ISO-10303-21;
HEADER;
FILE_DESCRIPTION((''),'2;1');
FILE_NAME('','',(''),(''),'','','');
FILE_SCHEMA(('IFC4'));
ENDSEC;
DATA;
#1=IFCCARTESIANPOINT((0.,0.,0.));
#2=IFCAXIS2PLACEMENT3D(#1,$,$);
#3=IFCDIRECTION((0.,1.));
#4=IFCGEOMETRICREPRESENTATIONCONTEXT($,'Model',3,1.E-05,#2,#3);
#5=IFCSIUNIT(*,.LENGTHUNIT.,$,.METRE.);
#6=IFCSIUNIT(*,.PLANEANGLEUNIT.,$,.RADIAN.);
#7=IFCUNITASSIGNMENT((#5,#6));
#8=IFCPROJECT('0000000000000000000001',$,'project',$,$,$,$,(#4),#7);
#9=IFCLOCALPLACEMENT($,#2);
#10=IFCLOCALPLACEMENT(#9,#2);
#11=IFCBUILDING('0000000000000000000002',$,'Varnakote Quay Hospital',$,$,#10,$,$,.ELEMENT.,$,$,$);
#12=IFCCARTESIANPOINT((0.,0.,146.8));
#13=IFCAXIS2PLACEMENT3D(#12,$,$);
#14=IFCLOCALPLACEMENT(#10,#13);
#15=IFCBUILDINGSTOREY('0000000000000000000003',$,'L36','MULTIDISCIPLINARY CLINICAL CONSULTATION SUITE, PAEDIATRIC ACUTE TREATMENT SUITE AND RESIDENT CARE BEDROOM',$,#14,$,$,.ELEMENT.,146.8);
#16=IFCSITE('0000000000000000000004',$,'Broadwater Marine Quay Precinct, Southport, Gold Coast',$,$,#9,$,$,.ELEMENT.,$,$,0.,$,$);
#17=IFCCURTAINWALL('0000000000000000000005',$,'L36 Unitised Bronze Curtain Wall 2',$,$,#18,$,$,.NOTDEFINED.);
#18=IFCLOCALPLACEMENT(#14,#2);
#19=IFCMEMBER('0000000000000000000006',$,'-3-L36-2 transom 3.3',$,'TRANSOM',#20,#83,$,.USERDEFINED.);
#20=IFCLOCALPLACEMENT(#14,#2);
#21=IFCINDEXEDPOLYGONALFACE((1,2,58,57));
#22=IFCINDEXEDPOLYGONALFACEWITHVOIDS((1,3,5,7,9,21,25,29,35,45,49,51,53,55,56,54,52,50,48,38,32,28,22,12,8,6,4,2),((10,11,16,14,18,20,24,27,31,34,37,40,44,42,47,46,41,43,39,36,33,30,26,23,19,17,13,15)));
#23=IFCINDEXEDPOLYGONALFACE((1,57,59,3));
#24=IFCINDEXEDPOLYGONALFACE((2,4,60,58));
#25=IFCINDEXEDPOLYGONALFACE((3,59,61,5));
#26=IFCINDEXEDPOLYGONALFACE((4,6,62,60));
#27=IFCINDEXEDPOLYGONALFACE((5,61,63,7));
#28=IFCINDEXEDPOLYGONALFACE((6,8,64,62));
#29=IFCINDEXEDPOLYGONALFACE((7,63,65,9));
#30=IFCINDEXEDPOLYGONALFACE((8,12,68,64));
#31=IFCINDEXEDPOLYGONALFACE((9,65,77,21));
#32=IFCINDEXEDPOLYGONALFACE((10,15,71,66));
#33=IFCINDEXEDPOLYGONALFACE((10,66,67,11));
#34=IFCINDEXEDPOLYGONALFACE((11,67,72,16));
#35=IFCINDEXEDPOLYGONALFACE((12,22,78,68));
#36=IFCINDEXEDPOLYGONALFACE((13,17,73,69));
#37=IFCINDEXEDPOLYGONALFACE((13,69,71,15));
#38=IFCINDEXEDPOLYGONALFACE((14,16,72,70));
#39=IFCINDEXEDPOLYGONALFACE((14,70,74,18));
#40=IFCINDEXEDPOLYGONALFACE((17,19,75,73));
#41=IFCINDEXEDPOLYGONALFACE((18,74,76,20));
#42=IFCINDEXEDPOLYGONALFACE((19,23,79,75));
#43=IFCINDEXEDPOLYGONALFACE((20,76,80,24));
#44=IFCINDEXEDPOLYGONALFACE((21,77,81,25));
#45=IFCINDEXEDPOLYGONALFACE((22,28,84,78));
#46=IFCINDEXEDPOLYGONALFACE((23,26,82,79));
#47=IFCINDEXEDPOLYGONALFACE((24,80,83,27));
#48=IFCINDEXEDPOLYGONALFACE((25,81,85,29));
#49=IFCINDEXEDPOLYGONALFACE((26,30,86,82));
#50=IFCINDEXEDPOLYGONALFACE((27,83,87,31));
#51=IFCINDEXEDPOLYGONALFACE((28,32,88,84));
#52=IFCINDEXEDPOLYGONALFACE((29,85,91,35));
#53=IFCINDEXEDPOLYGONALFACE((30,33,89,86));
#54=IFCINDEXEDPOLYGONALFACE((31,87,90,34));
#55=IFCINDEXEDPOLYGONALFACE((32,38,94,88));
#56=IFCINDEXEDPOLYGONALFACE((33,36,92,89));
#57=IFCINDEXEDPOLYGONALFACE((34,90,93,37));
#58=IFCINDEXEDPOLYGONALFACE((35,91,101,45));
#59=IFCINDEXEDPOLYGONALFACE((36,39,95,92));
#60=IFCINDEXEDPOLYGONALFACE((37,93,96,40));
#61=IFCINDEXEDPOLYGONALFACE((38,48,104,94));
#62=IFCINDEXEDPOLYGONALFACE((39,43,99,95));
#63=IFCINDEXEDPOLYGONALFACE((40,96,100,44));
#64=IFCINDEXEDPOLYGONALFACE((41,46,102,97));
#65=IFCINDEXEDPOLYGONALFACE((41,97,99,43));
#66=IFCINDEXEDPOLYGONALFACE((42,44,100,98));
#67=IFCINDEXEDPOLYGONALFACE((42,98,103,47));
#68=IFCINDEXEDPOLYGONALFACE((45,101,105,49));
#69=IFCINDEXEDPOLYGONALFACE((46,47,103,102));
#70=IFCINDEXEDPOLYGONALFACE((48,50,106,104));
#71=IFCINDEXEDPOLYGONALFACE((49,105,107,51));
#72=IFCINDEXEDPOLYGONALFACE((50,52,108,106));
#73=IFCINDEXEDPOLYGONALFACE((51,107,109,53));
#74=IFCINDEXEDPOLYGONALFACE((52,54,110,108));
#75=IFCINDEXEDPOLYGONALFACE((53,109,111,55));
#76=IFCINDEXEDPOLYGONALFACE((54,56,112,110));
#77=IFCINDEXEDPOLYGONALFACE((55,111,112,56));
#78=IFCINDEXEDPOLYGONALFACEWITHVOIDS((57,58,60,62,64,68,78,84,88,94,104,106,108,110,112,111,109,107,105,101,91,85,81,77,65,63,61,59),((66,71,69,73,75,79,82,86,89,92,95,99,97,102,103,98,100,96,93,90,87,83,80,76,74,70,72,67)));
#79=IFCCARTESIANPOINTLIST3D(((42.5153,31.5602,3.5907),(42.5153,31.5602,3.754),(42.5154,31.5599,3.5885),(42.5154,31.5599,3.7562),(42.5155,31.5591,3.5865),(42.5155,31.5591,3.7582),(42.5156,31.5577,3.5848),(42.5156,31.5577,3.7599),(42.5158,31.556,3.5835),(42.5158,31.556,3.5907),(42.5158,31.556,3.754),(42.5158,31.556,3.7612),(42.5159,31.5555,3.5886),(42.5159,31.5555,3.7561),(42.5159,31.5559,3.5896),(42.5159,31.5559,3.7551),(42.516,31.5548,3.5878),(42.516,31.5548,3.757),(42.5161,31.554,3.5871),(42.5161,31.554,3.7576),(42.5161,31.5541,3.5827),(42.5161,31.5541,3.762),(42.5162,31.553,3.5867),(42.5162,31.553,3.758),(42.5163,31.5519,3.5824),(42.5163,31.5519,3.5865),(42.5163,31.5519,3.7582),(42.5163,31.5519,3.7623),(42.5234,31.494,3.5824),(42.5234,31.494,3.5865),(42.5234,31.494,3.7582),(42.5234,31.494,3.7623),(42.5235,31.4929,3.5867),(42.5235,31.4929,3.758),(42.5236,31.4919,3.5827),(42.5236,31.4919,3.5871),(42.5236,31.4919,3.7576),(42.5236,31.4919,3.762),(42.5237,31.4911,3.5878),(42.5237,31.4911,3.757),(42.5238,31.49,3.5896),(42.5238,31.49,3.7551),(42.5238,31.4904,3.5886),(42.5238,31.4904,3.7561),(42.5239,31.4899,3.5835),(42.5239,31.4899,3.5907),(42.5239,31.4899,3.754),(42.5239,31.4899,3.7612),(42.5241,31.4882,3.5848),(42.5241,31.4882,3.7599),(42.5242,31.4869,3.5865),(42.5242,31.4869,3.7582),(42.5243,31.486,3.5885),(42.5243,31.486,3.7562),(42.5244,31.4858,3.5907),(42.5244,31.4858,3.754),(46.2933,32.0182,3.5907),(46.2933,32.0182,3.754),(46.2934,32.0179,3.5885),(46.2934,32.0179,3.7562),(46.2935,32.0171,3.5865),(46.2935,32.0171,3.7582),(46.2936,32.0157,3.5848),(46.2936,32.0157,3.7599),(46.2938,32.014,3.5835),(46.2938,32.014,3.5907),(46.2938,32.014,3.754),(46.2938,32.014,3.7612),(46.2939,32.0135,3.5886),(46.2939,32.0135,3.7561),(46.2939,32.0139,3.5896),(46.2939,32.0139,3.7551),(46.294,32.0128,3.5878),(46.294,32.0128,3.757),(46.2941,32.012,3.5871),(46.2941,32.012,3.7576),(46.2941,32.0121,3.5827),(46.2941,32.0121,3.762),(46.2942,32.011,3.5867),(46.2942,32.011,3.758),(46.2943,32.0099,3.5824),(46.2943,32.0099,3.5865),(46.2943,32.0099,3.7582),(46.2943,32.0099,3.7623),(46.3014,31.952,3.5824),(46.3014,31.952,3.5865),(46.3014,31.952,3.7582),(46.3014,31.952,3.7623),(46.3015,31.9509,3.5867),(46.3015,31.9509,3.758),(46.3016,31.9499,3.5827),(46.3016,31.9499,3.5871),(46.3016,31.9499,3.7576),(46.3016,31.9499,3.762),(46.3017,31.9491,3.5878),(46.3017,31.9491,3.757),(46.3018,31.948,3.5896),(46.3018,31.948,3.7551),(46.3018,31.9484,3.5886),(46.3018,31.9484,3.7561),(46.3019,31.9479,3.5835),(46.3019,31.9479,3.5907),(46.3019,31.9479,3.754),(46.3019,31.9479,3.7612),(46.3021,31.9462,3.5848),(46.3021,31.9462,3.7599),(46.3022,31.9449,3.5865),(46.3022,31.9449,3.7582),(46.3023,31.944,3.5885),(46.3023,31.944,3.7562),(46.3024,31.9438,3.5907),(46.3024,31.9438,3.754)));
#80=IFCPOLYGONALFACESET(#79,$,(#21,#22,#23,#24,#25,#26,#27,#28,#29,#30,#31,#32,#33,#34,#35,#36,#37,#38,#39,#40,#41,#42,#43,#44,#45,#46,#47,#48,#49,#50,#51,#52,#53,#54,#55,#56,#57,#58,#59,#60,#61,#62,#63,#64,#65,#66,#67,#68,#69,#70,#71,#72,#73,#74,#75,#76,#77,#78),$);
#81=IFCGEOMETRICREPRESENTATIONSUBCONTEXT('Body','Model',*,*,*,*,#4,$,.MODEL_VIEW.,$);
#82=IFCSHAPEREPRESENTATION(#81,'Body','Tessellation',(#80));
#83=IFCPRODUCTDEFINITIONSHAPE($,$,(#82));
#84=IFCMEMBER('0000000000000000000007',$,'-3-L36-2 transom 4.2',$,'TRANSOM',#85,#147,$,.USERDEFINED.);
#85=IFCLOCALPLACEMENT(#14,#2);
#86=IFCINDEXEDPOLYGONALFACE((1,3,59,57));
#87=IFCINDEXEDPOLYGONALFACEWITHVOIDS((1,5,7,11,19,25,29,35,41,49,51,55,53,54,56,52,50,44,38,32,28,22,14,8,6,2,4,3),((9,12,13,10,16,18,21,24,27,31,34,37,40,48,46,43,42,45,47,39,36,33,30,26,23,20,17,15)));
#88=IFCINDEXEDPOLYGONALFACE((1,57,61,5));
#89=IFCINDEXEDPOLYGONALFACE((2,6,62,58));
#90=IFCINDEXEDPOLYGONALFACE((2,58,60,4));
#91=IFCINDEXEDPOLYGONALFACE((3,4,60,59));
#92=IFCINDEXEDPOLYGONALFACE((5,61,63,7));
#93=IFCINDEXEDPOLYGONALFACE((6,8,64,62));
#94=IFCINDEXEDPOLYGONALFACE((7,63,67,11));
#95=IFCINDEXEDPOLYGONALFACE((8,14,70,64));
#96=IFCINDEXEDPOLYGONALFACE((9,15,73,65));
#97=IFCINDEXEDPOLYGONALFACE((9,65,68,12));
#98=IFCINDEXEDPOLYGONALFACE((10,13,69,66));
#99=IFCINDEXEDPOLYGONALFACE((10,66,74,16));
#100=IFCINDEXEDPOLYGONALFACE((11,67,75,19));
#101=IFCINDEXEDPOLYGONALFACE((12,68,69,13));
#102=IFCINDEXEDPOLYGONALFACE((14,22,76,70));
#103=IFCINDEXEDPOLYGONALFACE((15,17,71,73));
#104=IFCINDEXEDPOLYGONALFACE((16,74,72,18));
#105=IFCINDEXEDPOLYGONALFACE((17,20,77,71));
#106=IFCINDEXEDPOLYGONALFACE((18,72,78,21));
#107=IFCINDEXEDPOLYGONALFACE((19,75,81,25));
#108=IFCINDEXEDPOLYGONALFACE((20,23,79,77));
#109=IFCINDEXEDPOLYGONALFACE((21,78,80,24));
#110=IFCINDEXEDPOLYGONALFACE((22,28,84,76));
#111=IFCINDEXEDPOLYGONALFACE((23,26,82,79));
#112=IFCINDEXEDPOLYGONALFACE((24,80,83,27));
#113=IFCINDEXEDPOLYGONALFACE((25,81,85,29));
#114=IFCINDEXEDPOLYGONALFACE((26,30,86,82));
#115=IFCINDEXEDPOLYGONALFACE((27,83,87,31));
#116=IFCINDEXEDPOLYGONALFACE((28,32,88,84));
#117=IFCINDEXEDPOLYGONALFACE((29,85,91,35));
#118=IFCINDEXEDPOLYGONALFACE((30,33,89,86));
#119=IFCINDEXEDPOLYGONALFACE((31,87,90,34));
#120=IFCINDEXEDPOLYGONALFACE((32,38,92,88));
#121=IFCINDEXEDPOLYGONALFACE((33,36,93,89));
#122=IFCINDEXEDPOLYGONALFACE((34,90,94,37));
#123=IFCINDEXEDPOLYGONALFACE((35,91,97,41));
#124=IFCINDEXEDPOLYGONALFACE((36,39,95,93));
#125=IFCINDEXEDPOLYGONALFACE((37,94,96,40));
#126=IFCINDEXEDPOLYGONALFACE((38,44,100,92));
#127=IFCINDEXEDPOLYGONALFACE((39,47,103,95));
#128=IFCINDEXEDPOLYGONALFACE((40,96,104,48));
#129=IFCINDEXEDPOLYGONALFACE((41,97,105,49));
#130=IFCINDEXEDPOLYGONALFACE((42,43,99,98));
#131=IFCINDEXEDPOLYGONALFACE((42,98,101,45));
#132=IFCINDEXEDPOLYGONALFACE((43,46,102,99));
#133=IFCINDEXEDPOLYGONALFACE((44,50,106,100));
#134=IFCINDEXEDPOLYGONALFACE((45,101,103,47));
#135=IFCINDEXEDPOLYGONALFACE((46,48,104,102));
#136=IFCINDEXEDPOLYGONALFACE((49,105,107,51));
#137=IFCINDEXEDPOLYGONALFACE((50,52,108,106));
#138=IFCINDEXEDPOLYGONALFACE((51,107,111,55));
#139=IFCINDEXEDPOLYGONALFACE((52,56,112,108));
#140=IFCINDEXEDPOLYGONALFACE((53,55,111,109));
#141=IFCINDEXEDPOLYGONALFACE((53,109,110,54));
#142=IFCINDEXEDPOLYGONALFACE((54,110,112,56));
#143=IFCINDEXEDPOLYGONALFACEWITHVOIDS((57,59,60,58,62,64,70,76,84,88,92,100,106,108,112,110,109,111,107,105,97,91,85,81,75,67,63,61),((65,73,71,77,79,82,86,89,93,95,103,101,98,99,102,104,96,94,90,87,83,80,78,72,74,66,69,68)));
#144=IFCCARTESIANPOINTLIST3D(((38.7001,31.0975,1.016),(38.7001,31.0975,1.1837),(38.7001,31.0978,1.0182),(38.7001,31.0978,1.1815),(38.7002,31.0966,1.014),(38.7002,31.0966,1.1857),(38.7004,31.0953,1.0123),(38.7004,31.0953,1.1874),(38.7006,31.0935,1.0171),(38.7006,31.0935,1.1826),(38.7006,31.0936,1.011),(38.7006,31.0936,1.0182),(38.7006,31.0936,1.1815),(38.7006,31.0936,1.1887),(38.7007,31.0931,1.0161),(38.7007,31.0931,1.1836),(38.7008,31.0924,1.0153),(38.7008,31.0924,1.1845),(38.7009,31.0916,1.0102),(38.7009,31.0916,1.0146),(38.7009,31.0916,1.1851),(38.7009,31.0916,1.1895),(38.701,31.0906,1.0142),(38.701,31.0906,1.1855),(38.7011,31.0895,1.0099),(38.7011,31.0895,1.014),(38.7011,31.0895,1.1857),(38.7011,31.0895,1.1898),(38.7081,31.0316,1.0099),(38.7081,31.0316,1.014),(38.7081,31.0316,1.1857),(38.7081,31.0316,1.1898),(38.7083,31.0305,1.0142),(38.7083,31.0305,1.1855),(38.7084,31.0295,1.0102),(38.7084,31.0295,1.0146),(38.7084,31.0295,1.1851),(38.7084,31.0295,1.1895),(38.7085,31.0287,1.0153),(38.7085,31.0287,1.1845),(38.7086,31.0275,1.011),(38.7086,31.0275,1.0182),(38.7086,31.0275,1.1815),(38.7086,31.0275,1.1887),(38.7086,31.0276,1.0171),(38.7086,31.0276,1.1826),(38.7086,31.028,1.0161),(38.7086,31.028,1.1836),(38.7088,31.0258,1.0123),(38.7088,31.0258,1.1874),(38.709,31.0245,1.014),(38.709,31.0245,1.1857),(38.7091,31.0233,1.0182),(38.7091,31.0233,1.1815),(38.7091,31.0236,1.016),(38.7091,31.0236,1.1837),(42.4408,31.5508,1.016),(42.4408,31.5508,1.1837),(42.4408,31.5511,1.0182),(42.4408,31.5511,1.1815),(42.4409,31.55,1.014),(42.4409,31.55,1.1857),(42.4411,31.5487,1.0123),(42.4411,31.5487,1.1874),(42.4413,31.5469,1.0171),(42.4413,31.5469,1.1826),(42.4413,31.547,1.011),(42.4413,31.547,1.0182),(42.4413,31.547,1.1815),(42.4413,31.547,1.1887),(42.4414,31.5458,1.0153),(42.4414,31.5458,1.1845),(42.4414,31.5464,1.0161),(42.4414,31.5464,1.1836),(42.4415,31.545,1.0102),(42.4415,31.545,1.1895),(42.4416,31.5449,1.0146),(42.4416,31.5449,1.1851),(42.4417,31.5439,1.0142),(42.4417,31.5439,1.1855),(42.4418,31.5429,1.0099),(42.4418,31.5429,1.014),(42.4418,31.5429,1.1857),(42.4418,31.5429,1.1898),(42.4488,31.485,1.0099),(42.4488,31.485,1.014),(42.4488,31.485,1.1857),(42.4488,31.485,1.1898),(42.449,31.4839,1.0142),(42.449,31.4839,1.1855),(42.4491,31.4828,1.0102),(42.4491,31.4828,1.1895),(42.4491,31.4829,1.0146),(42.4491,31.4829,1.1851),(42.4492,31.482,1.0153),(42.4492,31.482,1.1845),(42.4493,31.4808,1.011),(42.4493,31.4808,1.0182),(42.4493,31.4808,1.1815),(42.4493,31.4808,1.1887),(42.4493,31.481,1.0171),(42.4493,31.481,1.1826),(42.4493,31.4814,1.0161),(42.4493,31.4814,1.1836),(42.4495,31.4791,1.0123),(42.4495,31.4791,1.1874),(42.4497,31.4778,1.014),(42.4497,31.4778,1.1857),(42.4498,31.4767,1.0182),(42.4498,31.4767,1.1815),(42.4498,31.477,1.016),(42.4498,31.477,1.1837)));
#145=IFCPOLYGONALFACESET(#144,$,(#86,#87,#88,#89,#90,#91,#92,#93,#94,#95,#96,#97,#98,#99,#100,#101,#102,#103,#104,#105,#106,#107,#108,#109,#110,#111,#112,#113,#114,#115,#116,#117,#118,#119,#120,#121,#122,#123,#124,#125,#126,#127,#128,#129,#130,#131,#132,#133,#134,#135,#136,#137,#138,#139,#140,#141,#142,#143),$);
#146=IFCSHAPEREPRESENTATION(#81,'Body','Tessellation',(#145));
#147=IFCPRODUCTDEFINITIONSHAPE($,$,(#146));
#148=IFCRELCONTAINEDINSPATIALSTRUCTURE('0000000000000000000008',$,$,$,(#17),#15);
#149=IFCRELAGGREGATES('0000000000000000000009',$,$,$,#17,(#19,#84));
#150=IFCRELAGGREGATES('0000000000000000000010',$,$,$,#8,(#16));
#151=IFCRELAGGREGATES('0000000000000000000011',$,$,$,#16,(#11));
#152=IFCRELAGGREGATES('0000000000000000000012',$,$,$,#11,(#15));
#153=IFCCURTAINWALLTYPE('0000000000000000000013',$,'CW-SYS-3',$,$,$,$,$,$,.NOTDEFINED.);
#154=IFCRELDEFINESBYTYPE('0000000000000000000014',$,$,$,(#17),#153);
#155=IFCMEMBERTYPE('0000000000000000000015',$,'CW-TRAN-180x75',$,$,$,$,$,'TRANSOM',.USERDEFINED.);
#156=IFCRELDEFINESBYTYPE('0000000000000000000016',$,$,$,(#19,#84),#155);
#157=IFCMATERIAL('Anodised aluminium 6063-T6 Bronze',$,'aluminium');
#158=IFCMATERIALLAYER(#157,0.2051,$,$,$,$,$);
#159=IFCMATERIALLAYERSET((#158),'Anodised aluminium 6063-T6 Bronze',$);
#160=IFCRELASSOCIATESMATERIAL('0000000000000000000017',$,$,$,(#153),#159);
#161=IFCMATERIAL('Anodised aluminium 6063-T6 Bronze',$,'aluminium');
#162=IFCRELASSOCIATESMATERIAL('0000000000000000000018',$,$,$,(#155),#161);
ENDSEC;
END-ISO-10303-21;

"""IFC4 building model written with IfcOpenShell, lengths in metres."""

from ifc_helpers import new_model, si_unit, direction, frame, origin, origin_2d, place, context, subcontext, project, spatial, hollow_rectangle, extrude, material, layer, layer_set, material_profile, profile_set, type_object, element, aggregate, save


model = new_model("IFC4")

# Units and contexts
model_context = context("Model", 3, precision=1e-05, world=origin(), true_north=direction((0.0, 1.0)))
body_context = subcontext(model_context, "Body", "Model", "MODEL_VIEW")
ifc_project = project(units=[si_unit("LENGTHUNIT", "METRE"), si_unit("PLANEANGLEUNIT", "RADIAN")], contexts=[model_context])

# Site, building, storey
site_placement = place(None, origin())
site = spatial("IfcSite", under=ifc_project, at=site_placement, Name="Broadwater Marine Quay Precinct, Southport, Gold Coast", CompositionType="ELEMENT", RefElevation=0.0)
building_placement = place(site_placement, origin())
building = spatial("IfcBuilding", under=site, at=building_placement, Name="Varnakote Quay Hospital", CompositionType="ELEMENT")
storey_placement = place(building_placement, frame((0.0, 0.0, 146.8)))
storey = spatial("IfcBuildingStorey", under=building, at=storey_placement, Name="L36", Description="MULTIDISCIPLINARY CLINICAL CONSULTATION SUITE, PAEDIATRIC ACUTE TREATMENT SUITE AND RESIDENT CARE BEDROOM", CompositionType="ELEMENT", Elevation=146.8)

# Curtain wall, members
ifc_material_1 = material(Name="Anodised aluminium 6063-T6 Bronze", Category="aluminium")
ifc_layer_1 = layer(ifc_material_1, 0.2051)
ifc_layer_set_1 = layer_set([ifc_layer_1], Name="Anodised aluminium 6063-T6 Bronze")
curtain_wall_type = type_object("IfcCurtainWallType", Name="CW-SYS-3", PredefinedType="NOTDEFINED", material=ifc_layer_set_1)
curtain_wall_placement = place(storey_placement, origin())
curtain_wall = element("IfcCurtainWall", 1, at=curtain_wall_placement, inside=storey, type_object=curtain_wall_type, Name="L36 Unitised Bronze Curtain Wall 2", PredefinedType="NOTDEFINED")
ifc_material_2 = material(Name="Anodised aluminium 6063-T6 Bronze", Category="aluminium")
ifc_material_profile_1 = material_profile(ifc_material_2, hollow_rectangle(XDim=0.075, YDim=0.1799, WallThickness=0.0042, InnerFilletRadius=0.0042, OuterFilletRadius=0.0083, at=origin_2d()), Name="CW-TRAN-180x75")
ifc_profile_set_1 = profile_set([ifc_material_profile_1], Name="Anodised aluminium 6063-T6 Bronze")
member_type_1 = type_object("IfcMemberType", Name="CW-TRAN-180x75", ElementType="TRANSOM", PredefinedType="USERDEFINED", material=ifc_profile_set_1)
member_1_placement = place(storey_placement, frame((46.2979, 31.981, 3.6724), z_axis=(-0.992732, -0.120347, 0.0), x_axis=(0.120347, -0.992732, 0.0)))
member_1 = element("IfcMember", 2, at=member_1_placement, type_object=member_type_1, Name="-3-L36-2 transom 3.3", ObjectType="TRANSOM", PredefinedType="USERDEFINED", context=body_context, shape_type="SweptSolid", body=[
    extrude(hollow_rectangle(XDim=0.075, YDim=0.1799, WallThickness=0.0042, InnerFilletRadius=0.0042, OuterFilletRadius=0.0083, at=origin_2d()), origin(), (0.0, 0.0, 1.0), 3.8057),
])
member_2_placement = place(storey_placement, frame((42.4453, 31.5139, 1.0999), z_axis=(-0.992735, -0.120318, 0.0), x_axis=(0.120318, -0.992735, 0.0)))
member_2 = element("IfcMember", 3, at=member_2_placement, type_object=member_type_1, Name="-3-L36-2 transom 4.2", ObjectType="TRANSOM", PredefinedType="USERDEFINED", context=body_context, shape_type="SweptSolid", body=[
    extrude(hollow_rectangle(XDim=0.075, YDim=0.1799, WallThickness=0.0042, InnerFilletRadius=0.0042, OuterFilletRadius=0.0083, at=origin_2d()), origin(), (0.0, 0.0, 1.0), 3.7681),
])
aggregate(curtain_wall, [member_1, member_2])

save(model, "model.ifc")
